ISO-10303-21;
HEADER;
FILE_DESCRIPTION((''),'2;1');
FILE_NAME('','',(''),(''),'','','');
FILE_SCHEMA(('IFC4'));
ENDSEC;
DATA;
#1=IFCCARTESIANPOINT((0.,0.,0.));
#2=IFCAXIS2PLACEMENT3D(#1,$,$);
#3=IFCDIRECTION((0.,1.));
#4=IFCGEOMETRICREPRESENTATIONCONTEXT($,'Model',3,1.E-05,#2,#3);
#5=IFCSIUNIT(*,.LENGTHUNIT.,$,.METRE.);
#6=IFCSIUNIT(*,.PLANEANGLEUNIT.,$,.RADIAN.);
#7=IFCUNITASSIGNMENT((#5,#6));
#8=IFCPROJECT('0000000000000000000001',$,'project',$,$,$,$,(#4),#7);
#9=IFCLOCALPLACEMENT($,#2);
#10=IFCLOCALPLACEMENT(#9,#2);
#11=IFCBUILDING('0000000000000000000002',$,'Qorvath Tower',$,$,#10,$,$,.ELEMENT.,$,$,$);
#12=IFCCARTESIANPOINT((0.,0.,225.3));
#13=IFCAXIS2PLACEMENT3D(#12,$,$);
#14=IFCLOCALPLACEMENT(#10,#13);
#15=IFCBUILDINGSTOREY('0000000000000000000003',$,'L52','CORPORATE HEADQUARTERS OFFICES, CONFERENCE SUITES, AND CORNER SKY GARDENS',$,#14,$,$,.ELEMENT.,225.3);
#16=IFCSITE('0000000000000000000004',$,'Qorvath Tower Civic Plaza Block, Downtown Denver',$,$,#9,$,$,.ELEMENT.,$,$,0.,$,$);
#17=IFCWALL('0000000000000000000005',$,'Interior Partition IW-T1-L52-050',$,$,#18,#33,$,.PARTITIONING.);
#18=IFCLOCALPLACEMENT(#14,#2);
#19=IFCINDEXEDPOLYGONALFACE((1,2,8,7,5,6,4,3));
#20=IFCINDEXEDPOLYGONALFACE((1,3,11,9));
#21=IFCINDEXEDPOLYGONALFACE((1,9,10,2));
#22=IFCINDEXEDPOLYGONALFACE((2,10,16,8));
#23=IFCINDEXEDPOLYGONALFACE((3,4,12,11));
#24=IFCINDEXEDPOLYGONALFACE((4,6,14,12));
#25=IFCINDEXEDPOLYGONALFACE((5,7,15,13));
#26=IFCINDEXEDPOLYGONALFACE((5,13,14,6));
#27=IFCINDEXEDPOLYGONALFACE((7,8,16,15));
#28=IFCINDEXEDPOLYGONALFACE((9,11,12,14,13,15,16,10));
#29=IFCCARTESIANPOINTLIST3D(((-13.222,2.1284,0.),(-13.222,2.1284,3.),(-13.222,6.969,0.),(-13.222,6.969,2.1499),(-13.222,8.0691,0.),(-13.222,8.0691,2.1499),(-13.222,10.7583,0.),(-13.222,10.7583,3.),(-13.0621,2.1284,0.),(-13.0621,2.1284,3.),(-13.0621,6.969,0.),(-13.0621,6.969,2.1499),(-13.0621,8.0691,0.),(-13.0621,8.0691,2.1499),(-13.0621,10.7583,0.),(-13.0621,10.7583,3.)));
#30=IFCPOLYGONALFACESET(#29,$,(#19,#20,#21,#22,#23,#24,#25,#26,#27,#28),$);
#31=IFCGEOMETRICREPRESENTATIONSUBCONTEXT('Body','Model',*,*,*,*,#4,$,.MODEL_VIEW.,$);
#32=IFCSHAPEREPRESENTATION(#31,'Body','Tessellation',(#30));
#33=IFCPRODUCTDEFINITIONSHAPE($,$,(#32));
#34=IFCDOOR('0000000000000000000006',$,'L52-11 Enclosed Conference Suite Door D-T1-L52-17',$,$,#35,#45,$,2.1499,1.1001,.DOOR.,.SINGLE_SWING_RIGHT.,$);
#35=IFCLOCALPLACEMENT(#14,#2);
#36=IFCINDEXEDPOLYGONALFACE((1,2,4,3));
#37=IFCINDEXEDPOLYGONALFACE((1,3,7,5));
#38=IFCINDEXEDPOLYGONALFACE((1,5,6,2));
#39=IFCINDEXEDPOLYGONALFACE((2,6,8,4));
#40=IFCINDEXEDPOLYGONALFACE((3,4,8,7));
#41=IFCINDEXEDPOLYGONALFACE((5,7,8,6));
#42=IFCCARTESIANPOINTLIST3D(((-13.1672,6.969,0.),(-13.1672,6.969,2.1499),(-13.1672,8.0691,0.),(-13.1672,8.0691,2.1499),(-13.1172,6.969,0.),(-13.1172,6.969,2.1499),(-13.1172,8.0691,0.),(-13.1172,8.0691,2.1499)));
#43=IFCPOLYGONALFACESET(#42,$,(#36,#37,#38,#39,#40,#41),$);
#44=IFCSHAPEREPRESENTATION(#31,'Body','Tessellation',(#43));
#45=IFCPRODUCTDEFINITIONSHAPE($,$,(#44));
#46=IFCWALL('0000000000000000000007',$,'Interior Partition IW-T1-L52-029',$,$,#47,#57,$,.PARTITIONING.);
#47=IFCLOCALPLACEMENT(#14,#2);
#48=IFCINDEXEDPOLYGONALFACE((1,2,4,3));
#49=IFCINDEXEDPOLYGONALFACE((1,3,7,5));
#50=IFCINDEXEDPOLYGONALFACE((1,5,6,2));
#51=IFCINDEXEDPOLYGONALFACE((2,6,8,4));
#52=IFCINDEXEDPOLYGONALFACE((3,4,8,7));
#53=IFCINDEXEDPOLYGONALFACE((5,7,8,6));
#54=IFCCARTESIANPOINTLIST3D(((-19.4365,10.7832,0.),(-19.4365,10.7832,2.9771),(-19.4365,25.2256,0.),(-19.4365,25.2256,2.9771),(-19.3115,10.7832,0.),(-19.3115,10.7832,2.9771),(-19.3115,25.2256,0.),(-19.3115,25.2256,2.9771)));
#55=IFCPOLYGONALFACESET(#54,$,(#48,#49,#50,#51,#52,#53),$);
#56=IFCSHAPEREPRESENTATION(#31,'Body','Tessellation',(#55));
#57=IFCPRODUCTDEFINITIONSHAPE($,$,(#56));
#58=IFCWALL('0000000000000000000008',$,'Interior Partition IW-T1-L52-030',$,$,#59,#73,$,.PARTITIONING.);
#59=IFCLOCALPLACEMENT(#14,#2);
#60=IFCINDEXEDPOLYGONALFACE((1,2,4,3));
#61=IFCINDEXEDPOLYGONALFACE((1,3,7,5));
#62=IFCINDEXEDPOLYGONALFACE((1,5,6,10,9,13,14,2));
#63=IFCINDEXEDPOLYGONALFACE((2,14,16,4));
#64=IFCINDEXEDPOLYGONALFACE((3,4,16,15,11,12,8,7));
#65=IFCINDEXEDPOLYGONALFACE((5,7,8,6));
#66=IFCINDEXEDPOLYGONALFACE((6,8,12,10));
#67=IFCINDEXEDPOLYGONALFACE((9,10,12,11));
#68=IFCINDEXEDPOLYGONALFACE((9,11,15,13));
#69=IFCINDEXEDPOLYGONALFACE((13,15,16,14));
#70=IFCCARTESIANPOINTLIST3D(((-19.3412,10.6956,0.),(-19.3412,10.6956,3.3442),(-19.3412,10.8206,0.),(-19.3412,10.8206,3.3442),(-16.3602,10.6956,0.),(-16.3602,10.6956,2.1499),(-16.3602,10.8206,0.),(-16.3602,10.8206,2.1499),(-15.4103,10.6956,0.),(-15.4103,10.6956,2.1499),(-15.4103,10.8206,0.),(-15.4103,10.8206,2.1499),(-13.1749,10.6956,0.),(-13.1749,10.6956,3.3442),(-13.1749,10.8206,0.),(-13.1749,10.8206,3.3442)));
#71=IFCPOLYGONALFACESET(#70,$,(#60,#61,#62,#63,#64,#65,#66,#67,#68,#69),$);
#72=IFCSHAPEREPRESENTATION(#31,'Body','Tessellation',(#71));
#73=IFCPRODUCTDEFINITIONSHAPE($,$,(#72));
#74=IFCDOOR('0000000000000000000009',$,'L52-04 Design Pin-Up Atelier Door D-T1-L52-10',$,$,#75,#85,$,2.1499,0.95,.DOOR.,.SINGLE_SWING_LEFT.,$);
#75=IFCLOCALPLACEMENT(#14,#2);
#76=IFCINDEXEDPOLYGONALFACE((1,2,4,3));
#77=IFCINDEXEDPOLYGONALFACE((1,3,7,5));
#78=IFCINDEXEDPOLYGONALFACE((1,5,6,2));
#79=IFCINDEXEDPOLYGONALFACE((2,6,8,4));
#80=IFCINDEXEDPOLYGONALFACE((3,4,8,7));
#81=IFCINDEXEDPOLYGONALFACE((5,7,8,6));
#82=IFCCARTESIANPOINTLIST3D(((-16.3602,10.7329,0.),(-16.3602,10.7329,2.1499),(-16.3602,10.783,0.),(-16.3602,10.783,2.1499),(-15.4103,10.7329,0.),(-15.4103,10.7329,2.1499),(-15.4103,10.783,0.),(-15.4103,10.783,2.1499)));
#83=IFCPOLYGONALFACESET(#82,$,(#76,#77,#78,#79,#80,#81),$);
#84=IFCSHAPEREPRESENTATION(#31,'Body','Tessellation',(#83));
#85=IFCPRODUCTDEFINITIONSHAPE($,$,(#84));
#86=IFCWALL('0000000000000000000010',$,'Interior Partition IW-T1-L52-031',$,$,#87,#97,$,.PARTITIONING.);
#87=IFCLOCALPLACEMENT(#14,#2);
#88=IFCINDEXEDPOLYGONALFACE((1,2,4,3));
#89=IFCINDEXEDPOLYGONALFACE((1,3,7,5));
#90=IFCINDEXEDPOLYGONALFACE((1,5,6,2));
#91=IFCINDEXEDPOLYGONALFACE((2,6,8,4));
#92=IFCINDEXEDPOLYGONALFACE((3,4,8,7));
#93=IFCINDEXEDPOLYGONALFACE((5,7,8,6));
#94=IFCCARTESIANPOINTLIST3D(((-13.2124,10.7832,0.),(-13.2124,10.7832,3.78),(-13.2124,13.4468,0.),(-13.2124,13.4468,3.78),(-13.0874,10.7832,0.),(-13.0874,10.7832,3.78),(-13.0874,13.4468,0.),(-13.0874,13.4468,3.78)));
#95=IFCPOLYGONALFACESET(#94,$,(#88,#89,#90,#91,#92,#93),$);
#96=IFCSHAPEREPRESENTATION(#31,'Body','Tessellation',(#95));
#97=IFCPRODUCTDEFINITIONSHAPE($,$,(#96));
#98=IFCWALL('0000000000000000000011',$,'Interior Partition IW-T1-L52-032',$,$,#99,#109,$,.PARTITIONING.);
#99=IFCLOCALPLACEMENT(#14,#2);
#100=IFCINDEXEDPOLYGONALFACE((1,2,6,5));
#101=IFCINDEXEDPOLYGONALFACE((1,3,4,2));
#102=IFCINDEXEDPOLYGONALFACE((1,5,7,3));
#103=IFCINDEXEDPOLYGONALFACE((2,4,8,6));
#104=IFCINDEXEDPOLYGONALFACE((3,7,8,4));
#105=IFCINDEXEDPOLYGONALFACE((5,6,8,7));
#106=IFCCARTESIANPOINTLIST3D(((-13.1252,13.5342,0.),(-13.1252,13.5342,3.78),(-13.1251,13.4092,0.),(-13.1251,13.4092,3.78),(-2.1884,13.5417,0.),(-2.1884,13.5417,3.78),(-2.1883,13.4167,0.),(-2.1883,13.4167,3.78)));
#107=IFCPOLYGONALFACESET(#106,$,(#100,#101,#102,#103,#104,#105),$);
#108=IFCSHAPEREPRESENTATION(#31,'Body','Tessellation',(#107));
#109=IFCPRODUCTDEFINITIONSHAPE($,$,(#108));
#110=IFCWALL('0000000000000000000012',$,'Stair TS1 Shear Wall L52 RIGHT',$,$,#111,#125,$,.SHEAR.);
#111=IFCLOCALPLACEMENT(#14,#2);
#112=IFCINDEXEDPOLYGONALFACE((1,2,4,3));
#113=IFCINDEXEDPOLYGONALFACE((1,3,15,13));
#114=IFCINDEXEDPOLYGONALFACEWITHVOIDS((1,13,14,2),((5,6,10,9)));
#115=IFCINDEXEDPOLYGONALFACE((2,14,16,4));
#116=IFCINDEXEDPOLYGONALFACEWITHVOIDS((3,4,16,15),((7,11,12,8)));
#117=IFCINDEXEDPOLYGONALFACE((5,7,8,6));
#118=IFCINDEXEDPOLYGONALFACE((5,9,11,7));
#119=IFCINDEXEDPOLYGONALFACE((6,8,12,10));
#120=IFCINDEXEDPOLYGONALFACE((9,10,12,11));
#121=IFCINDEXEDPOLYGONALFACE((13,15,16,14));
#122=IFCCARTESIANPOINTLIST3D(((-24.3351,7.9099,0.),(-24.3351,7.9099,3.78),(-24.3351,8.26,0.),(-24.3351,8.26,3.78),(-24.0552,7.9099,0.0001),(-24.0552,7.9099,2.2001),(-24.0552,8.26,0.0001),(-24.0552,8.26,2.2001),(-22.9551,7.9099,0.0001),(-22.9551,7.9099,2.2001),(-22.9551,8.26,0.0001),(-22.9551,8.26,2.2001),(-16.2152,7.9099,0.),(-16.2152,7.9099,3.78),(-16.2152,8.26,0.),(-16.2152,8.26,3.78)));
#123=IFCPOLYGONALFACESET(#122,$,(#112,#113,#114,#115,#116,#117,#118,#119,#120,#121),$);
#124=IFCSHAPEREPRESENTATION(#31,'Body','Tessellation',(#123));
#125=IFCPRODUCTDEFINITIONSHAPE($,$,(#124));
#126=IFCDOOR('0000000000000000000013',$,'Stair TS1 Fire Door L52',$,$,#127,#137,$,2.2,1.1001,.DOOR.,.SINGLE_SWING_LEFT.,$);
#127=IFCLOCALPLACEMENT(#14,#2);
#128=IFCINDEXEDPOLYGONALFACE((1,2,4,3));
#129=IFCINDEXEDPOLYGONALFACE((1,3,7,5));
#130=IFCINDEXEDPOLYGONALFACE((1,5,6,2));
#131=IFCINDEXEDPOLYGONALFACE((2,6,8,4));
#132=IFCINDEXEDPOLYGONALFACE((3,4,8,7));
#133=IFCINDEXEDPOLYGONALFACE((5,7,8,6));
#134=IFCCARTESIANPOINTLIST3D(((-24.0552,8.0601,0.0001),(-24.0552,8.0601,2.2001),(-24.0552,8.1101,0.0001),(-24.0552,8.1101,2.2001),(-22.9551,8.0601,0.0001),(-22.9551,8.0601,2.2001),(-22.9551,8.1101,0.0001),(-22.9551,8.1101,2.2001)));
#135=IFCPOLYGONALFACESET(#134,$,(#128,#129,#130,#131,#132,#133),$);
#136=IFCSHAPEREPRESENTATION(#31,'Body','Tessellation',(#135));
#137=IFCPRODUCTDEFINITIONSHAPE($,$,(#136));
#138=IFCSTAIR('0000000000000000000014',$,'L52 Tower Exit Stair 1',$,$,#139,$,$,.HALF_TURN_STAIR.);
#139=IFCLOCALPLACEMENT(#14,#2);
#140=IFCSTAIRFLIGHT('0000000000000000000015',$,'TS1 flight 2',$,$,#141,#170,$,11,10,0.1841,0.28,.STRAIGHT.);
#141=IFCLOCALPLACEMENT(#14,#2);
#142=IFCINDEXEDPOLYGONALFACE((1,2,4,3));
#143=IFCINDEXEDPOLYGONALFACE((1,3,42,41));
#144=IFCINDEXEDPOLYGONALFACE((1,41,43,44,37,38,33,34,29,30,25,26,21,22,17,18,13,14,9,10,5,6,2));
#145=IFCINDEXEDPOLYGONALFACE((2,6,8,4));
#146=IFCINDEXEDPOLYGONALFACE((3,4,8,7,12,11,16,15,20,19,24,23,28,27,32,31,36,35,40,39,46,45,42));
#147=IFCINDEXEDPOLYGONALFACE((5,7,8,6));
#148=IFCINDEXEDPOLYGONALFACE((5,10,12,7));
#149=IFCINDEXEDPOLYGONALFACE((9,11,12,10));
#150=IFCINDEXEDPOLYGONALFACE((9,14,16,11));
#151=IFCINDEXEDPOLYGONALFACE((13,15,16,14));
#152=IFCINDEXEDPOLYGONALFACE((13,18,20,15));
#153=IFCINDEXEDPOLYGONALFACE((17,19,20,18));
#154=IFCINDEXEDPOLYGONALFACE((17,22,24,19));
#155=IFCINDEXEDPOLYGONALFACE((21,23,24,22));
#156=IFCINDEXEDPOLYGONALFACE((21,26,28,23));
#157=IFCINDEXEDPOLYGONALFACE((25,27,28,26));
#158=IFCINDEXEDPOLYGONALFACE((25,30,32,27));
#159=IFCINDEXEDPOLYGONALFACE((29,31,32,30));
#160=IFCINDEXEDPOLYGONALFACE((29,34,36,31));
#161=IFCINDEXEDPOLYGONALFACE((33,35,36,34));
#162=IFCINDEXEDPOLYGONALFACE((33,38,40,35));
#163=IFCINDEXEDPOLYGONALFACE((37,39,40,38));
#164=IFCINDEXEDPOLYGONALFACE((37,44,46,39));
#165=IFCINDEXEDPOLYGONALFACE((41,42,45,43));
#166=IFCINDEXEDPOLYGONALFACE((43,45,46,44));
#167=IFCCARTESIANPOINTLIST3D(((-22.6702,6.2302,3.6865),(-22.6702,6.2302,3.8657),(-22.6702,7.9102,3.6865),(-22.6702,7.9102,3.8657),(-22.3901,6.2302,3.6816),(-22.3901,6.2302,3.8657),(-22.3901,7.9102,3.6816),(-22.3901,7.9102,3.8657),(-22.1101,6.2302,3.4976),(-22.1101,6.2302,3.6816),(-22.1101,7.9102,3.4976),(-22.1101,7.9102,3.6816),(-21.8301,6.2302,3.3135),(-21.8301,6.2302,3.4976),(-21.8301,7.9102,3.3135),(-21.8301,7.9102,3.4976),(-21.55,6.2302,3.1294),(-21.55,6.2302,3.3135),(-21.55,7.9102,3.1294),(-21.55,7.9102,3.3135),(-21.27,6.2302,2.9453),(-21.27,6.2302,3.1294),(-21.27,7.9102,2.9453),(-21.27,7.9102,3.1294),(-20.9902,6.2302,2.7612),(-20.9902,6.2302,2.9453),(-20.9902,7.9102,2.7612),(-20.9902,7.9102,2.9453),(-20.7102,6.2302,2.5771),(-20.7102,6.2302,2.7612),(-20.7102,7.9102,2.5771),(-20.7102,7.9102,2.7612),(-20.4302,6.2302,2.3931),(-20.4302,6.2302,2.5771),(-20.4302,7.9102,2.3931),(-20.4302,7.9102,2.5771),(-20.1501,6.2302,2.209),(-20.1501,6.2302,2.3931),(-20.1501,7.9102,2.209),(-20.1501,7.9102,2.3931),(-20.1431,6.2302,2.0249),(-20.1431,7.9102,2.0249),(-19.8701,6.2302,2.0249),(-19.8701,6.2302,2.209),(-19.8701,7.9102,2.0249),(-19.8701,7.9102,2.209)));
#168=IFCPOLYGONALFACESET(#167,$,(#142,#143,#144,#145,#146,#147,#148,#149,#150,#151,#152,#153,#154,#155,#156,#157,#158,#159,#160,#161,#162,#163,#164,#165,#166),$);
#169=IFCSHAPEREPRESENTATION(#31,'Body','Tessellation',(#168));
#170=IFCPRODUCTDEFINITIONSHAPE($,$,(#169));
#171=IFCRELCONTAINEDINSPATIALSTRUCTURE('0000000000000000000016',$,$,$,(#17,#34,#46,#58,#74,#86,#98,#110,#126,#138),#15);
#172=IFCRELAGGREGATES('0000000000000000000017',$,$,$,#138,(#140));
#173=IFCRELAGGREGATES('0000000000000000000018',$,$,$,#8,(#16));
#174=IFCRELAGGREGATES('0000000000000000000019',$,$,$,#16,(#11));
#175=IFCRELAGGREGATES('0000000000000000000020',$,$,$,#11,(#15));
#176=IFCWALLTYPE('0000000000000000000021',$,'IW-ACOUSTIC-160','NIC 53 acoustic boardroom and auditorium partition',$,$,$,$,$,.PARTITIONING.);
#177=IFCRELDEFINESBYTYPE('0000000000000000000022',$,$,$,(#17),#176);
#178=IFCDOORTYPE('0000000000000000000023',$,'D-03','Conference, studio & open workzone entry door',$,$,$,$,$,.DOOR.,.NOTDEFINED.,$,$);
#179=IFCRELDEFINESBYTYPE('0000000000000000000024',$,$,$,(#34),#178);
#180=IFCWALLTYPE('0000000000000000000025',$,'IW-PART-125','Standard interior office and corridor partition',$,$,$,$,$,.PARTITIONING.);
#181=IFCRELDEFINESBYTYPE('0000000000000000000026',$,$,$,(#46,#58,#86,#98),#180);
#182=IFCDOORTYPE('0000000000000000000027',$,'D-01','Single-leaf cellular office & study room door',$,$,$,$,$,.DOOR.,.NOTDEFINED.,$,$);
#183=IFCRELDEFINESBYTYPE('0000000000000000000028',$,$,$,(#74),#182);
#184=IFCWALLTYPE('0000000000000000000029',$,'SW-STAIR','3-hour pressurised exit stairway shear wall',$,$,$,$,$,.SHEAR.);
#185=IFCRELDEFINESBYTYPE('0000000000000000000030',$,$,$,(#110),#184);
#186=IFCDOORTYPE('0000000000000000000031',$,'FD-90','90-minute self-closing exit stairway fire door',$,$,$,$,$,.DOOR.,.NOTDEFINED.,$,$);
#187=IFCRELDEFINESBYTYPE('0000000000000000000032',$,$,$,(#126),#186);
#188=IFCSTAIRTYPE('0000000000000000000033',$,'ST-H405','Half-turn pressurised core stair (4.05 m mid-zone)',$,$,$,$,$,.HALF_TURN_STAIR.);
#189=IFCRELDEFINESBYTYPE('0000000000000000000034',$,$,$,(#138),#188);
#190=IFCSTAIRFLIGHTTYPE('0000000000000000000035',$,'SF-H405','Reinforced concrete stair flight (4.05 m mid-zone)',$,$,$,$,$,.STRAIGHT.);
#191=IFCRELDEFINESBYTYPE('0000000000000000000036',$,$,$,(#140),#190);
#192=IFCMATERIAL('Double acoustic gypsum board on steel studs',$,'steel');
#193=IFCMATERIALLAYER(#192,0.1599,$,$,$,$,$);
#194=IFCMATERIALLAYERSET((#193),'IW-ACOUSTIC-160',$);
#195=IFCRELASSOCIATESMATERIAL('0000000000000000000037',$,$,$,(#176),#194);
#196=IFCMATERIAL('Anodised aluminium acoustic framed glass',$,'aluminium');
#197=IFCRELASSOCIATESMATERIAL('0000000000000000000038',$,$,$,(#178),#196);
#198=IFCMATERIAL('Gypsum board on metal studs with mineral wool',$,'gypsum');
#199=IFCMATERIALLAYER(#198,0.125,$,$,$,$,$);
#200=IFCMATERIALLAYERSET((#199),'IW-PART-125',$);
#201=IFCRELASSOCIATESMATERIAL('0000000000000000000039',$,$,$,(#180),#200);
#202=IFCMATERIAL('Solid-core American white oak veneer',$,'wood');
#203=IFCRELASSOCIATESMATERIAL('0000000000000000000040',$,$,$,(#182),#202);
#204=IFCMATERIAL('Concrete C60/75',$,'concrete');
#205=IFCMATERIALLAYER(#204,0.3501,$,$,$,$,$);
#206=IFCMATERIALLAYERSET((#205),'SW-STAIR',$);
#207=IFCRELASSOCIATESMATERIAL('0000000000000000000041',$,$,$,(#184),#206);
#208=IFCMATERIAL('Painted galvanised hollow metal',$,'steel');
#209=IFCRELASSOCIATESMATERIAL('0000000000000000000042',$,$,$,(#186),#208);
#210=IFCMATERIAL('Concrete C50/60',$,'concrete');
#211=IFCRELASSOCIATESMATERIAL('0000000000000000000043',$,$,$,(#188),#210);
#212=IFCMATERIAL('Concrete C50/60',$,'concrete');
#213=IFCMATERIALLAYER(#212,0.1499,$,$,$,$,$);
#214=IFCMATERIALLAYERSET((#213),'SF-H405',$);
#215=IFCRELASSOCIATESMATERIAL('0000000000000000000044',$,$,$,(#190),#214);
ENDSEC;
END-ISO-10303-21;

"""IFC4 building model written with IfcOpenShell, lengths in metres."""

from ifc_helpers import new_model, si_unit, direction, frame, frame_2d, origin, place, context, subcontext, project, spatial, polyline, rectangle, outline, extrude, material, layer, layer_set, type_object, element, fill, aggregate, save


model = new_model("IFC4")

# Units and contexts
model_context = context("Model", 3, precision=1e-05, world=origin(), true_north=direction((0.0, 1.0)))
body_context = subcontext(model_context, "Body", "Model", "MODEL_VIEW")
ifc_project = project(units=[si_unit("LENGTHUNIT", "METRE"), si_unit("PLANEANGLEUNIT", "RADIAN")], contexts=[model_context])

# Site, building, storey
site_placement = place(None, origin())
site = spatial("IfcSite", under=ifc_project, at=site_placement, Name="Qorvath Tower Civic Plaza Block, Downtown Denver", CompositionType="ELEMENT", RefElevation=0.0)
building_placement = place(site_placement, origin())
building = spatial("IfcBuilding", under=site, at=building_placement, Name="Qorvath Tower", CompositionType="ELEMENT")
storey_placement = place(building_placement, frame((0.0, 0.0, 225.3)))
storey = spatial("IfcBuildingStorey", under=building, at=storey_placement, Name="L52", Description="CORPORATE HEADQUARTERS OFFICES, CONFERENCE SUITES, AND CORNER SKY GARDENS", CompositionType="ELEMENT", Elevation=225.3)

# Wall, opening, door
ifc_material_1 = material(Name="Double acoustic gypsum board on steel studs", Category="steel")
ifc_layer_1 = layer(ifc_material_1, 0.1599)
ifc_layer_set_1 = layer_set([ifc_layer_1], Name="IW-ACOUSTIC-160")
wall_type_1 = type_object("IfcWallType", Name="IW-ACOUSTIC-160", Description="NIC 53 acoustic boardroom and auditorium partition", PredefinedType="PARTITIONING", material=ifc_layer_set_1)
wall_1_placement = place(storey_placement, frame((-13.1421, 10.7583, 0.0), z_axis=(0.0, 0.0, 1.0), x_axis=(0.0, -1.0, 0.0)))
wall_1 = element("IfcWall", 1, at=wall_1_placement, inside=storey, type_object=wall_type_1, Name="Interior Partition IW-T1-L52-050", PredefinedType="PARTITIONING", context=body_context, shape_type="SweptSolid", body=[
    extrude(rectangle(XDim=8.6299, YDim=0.1599, at=frame_2d((4.3149, 0.0))), origin(), (0.0, 0.0, 1.0), 3.0),
])
opening_1_placement = place(wall_1_placement, frame((2.6892, 0.0, 0.0)))
opening_1 = element("IfcOpeningElement", 2, at=opening_1_placement, cuts=wall_1, PredefinedType="OPENING", context=body_context, shape_type="SweptSolid", body=[
    extrude(rectangle(XDim=1.1001, YDim=2.1499, at=frame_2d((0.55, 1.075))), frame((0.0, 0.0898, 0.0), z_axis=(0.0, -1.0, 0.0), x_axis=(1.0, 0.0, 0.0)), (0.0, 0.0, 1.0), 0.1799),
])
ifc_material_2 = material(Name="Anodised aluminium acoustic framed glass", Category="aluminium")
door_type_1 = type_object("IfcDoorType", Name="D-03", Description="Conference, studio & open workzone entry door", OperationType="NOTDEFINED", PredefinedType="DOOR", material=ifc_material_2)
door_1_placement = place(opening_1_placement, origin())
door_1 = element("IfcDoor", 3, at=door_1_placement, inside=storey, type_object=door_type_1, Name="L52-11 Enclosed Conference Suite Door D-T1-L52-17", OperationType="SINGLE_SWING_RIGHT", OverallHeight=2.1499, OverallWidth=1.1001, PredefinedType="DOOR", context=body_context, shape_type="SweptSolid", body=[
    extrude(rectangle(XDim=1.1001, YDim=2.1499, at=frame_2d((0.55, 1.075))), frame((0.0, 0.0249, 0.0), z_axis=(0.0, -1.0, 0.0), x_axis=(1.0, 0.0, 0.0)), (0.0, 0.0, 1.0), 0.05),
])
fill(opening_1, door_1)

# Wall
ifc_material_3 = material(Name="Gypsum board on metal studs with mineral wool", Category="gypsum")
ifc_layer_2 = layer(ifc_material_3, 0.125)
ifc_layer_set_2 = layer_set([ifc_layer_2], Name="IW-PART-125")
wall_type_2 = type_object("IfcWallType", Name="IW-PART-125", Description="Standard interior office and corridor partition", PredefinedType="PARTITIONING", material=ifc_layer_set_2)
wall_2_placement = place(storey_placement, frame((-19.374, 10.7832, 0.0), z_axis=(0.0, 0.0, 1.0), x_axis=(0.0, 1.0, 0.0)))
element("IfcWall", 4, at=wall_2_placement, inside=storey, type_object=wall_type_2, Name="Interior Partition IW-T1-L52-029", PredefinedType="PARTITIONING", context=body_context, shape_type="SweptSolid", body=[
    extrude(rectangle(XDim=14.4424, YDim=0.125, at=frame_2d((7.2212, 0.0))), origin(), (0.0, 0.0, 1.0), 2.9771),
])

# Wall, opening, door
wall_3_placement = place(storey_placement, frame((-19.3411, 10.7581, 0.0), z_axis=(0.0, 0.0, 1.0), x_axis=(1.0, 0.0, 0.0)))
wall_3 = element("IfcWall", 5, at=wall_3_placement, inside=storey, type_object=wall_type_2, Name="Interior Partition IW-T1-L52-030", PredefinedType="PARTITIONING", context=body_context, shape_type="SweptSolid", body=[
    extrude(rectangle(XDim=6.1663, YDim=0.125, at=frame_2d((3.083, 0.0))), origin(), (0.0, 0.0, 1.0), 3.3442),
])
opening_2_placement = place(wall_3_placement, frame((2.9807, 0.0, 0.0)))
opening_2 = element("IfcOpeningElement", 6, at=opening_2_placement, cuts=wall_3, PredefinedType="OPENING", context=body_context, shape_type="SweptSolid", body=[
    extrude(rectangle(XDim=0.95, YDim=2.1499, at=frame_2d((0.4751, 1.075))), frame((0.0, 0.0725, 0.0), z_axis=(0.0, -1.0, 0.0), x_axis=(1.0, 0.0, 0.0)), (0.0, 0.0, 1.0), 0.145),
])
ifc_material_4 = material(Name="Solid-core American white oak veneer", Category="wood")
door_type_2 = type_object("IfcDoorType", Name="D-01", Description="Single-leaf cellular office & study room door", OperationType="NOTDEFINED", PredefinedType="DOOR", material=ifc_material_4)
door_2_placement = place(opening_2_placement, origin())
door_2 = element("IfcDoor", 7, at=door_2_placement, inside=storey, type_object=door_type_2, Name="L52-04 Design Pin-Up Atelier Door D-T1-L52-10", OperationType="SINGLE_SWING_LEFT", OverallHeight=2.1499, OverallWidth=0.95, PredefinedType="DOOR", context=body_context, shape_type="SweptSolid", body=[
    extrude(rectangle(XDim=0.95, YDim=2.1499, at=frame_2d((0.4751, 1.075))), frame((0.0, 0.0249, 0.0), z_axis=(0.0, -1.0, 0.0), x_axis=(1.0, 0.0, 0.0)), (0.0, 0.0, 1.0), 0.05),
])
fill(opening_2, door_2)

# Walls
wall_4_placement = place(storey_placement, frame((-13.1499, 13.4468, 0.0), z_axis=(0.0, 0.0, 1.0), x_axis=(0.0, -1.0, 0.0)))
element("IfcWall", 8, at=wall_4_placement, inside=storey, type_object=wall_type_2, Name="Interior Partition IW-T1-L52-031", PredefinedType="PARTITIONING", context=body_context, shape_type="SweptSolid", body=[
    extrude(rectangle(XDim=2.6636, YDim=0.125, at=frame_2d((1.3318, 0.0))), origin(), (0.0, 0.0, 1.0), 3.78),
])
wall_5_placement = place(storey_placement, frame((-13.125, 13.4717, 0.0), z_axis=(0.0, 0.0, 1.0), x_axis=(1.0, 0.000692, 0.0)))
element("IfcWall", 9, at=wall_5_placement, inside=storey, type_object=wall_type_2, Name="Interior Partition IW-T1-L52-032", PredefinedType="PARTITIONING", context=body_context, shape_type="SweptSolid", body=[
    extrude(rectangle(XDim=10.9368, YDim=0.125, at=frame_2d((5.4683, 0.0))), origin(), (0.0, 0.0, 1.0), 3.78),
])

# Wall, opening, door
ifc_material_5 = material(Name="Concrete C60/75", Category="concrete")
ifc_layer_3 = layer(ifc_material_5, 0.3501)
ifc_layer_set_3 = layer_set([ifc_layer_3], Name="SW-STAIR")
wall_type_3 = type_object("IfcWallType", Name="SW-STAIR", Description="3-hour pressurised exit stairway shear wall", PredefinedType="SHEAR", material=ifc_layer_set_3)
wall_6_placement = place(storey_placement, frame((-16.2151, 8.085, 0.0), z_axis=(0.0, 0.0, 1.0), x_axis=(-1.0, 0.0, 0.0)))
wall_6 = element("IfcWall", 10, at=wall_6_placement, inside=storey, type_object=wall_type_3, Name="Stair TS1 Shear Wall L52 RIGHT", PredefinedType="SHEAR", context=body_context, shape_type="SweptSolid", body=[
    extrude(rectangle(XDim=8.1199, YDim=0.3501, at=frame_2d((4.0601, 0.0))), origin(), (0.0, 0.0, 1.0), 3.78),
])
opening_3_placement = place(wall_6_placement, frame((6.74, 0.0, 0.0)))
opening_3 = element("IfcOpeningElement", 11, at=opening_3_placement, cuts=wall_6, PredefinedType="OPENING", context=body_context, shape_type="SweptSolid", body=[
    extrude(rectangle(XDim=1.1001, YDim=2.2, at=frame_2d((0.55, 1.1001))), frame((0.0, 0.1851, 0.0), z_axis=(0.0, -1.0, 0.0), x_axis=(1.0, 0.0, 0.0)), (0.0, 0.0, 1.0), 0.3701),
])
ifc_material_6 = material(Name="Painted galvanised hollow metal", Category="steel")
door_type_3 = type_object("IfcDoorType", Name="FD-90", Description="90-minute self-closing exit stairway fire door", OperationType="NOTDEFINED", PredefinedType="DOOR", material=ifc_material_6)
door_3_placement = place(opening_3_placement, origin())
door_3 = element("IfcDoor", 12, at=door_3_placement, inside=storey, type_object=door_type_3, Name="Stair TS1 Fire Door L52", OperationType="SINGLE_SWING_LEFT", OverallHeight=2.2, OverallWidth=1.1001, PredefinedType="DOOR", context=body_context, shape_type="SweptSolid", body=[
    extrude(rectangle(XDim=1.1001, YDim=2.2, at=frame_2d((0.55, 1.1001))), frame((0.0, 0.0249, 0.0), z_axis=(0.0, -1.0, 0.0), x_axis=(1.0, 0.0, 0.0)), (0.0, 0.0, 1.0), 0.05),
])
fill(opening_3, door_3)

# Stair, stair flight
ifc_material_7 = material(Name="Concrete C50/60", Category="concrete")
stair_type = type_object("IfcStairType", Name="ST-H405", Description="Half-turn pressurised core stair (4.05 m mid-zone)", PredefinedType="HALF_TURN_STAIR", material=ifc_material_7)
stair_placement = place(storey_placement, origin())
stair = element("IfcStair", 13, at=stair_placement, inside=storey, type_object=stair_type, Name="L52 Tower Exit Stair 1", PredefinedType="HALF_TURN_STAIR")
ifc_material_8 = material(Name="Concrete C50/60", Category="concrete")
ifc_layer_4 = layer(ifc_material_8, 0.1499)
ifc_layer_set_4 = layer_set([ifc_layer_4], Name="SF-H405")
stair_flight_type = type_object("IfcStairFlightType", Name="SF-H405", Description="Reinforced concrete stair flight (4.05 m mid-zone)", PredefinedType="STRAIGHT", material=ifc_layer_set_4)
stair_flight_placement = place(storey_placement, frame((-19.8701, 7.0701, 2.0249), z_axis=(0.0, 0.0, 1.0), x_axis=(-1.0, 0.0, 0.0)))
stair_flight = element("IfcStairFlight", 14, at=stair_flight_placement, type_object=stair_flight_type, Name="TS1 flight 2", NumberOfRisers=11, NumberOfTreads=10, PredefinedType="STRAIGHT", RiserHeight=0.1841, TreadLength=0.28, context=body_context, shape_type="SweptSolid", body=[
    extrude(outline(polyline([(0.0, 0.0), (0.0, 0.1841), (0.28, 0.1841), (0.28, 0.3682), (0.5601, 0.3682), (0.5601, 0.5522), (0.8401, 0.5522), (0.8401, 0.7363), (1.1201, 0.7363), (1.1201, 0.9204), (1.3999, 0.9204), (1.3999, 1.1045), (1.6799, 1.1045), (1.6799, 1.2886), (1.96, 1.2886), (1.96, 1.4727), (2.24, 1.4727), (2.24, 1.6567), (2.52, 1.6567), (2.52, 1.8408), (2.8, 1.8408), (2.8, 2.0249), (2.8, 1.6616), (0.2729, 0.0), (0.0, 0.0)])), frame((0.0, 0.8398, 0.0), z_axis=(0.0, -1.0, 0.0), x_axis=(1.0, 0.0, 0.0)), (0.0, 0.0, 1.0), 1.6799),
])
aggregate(stair, [stair_flight])

save(model, "model.ifc")
